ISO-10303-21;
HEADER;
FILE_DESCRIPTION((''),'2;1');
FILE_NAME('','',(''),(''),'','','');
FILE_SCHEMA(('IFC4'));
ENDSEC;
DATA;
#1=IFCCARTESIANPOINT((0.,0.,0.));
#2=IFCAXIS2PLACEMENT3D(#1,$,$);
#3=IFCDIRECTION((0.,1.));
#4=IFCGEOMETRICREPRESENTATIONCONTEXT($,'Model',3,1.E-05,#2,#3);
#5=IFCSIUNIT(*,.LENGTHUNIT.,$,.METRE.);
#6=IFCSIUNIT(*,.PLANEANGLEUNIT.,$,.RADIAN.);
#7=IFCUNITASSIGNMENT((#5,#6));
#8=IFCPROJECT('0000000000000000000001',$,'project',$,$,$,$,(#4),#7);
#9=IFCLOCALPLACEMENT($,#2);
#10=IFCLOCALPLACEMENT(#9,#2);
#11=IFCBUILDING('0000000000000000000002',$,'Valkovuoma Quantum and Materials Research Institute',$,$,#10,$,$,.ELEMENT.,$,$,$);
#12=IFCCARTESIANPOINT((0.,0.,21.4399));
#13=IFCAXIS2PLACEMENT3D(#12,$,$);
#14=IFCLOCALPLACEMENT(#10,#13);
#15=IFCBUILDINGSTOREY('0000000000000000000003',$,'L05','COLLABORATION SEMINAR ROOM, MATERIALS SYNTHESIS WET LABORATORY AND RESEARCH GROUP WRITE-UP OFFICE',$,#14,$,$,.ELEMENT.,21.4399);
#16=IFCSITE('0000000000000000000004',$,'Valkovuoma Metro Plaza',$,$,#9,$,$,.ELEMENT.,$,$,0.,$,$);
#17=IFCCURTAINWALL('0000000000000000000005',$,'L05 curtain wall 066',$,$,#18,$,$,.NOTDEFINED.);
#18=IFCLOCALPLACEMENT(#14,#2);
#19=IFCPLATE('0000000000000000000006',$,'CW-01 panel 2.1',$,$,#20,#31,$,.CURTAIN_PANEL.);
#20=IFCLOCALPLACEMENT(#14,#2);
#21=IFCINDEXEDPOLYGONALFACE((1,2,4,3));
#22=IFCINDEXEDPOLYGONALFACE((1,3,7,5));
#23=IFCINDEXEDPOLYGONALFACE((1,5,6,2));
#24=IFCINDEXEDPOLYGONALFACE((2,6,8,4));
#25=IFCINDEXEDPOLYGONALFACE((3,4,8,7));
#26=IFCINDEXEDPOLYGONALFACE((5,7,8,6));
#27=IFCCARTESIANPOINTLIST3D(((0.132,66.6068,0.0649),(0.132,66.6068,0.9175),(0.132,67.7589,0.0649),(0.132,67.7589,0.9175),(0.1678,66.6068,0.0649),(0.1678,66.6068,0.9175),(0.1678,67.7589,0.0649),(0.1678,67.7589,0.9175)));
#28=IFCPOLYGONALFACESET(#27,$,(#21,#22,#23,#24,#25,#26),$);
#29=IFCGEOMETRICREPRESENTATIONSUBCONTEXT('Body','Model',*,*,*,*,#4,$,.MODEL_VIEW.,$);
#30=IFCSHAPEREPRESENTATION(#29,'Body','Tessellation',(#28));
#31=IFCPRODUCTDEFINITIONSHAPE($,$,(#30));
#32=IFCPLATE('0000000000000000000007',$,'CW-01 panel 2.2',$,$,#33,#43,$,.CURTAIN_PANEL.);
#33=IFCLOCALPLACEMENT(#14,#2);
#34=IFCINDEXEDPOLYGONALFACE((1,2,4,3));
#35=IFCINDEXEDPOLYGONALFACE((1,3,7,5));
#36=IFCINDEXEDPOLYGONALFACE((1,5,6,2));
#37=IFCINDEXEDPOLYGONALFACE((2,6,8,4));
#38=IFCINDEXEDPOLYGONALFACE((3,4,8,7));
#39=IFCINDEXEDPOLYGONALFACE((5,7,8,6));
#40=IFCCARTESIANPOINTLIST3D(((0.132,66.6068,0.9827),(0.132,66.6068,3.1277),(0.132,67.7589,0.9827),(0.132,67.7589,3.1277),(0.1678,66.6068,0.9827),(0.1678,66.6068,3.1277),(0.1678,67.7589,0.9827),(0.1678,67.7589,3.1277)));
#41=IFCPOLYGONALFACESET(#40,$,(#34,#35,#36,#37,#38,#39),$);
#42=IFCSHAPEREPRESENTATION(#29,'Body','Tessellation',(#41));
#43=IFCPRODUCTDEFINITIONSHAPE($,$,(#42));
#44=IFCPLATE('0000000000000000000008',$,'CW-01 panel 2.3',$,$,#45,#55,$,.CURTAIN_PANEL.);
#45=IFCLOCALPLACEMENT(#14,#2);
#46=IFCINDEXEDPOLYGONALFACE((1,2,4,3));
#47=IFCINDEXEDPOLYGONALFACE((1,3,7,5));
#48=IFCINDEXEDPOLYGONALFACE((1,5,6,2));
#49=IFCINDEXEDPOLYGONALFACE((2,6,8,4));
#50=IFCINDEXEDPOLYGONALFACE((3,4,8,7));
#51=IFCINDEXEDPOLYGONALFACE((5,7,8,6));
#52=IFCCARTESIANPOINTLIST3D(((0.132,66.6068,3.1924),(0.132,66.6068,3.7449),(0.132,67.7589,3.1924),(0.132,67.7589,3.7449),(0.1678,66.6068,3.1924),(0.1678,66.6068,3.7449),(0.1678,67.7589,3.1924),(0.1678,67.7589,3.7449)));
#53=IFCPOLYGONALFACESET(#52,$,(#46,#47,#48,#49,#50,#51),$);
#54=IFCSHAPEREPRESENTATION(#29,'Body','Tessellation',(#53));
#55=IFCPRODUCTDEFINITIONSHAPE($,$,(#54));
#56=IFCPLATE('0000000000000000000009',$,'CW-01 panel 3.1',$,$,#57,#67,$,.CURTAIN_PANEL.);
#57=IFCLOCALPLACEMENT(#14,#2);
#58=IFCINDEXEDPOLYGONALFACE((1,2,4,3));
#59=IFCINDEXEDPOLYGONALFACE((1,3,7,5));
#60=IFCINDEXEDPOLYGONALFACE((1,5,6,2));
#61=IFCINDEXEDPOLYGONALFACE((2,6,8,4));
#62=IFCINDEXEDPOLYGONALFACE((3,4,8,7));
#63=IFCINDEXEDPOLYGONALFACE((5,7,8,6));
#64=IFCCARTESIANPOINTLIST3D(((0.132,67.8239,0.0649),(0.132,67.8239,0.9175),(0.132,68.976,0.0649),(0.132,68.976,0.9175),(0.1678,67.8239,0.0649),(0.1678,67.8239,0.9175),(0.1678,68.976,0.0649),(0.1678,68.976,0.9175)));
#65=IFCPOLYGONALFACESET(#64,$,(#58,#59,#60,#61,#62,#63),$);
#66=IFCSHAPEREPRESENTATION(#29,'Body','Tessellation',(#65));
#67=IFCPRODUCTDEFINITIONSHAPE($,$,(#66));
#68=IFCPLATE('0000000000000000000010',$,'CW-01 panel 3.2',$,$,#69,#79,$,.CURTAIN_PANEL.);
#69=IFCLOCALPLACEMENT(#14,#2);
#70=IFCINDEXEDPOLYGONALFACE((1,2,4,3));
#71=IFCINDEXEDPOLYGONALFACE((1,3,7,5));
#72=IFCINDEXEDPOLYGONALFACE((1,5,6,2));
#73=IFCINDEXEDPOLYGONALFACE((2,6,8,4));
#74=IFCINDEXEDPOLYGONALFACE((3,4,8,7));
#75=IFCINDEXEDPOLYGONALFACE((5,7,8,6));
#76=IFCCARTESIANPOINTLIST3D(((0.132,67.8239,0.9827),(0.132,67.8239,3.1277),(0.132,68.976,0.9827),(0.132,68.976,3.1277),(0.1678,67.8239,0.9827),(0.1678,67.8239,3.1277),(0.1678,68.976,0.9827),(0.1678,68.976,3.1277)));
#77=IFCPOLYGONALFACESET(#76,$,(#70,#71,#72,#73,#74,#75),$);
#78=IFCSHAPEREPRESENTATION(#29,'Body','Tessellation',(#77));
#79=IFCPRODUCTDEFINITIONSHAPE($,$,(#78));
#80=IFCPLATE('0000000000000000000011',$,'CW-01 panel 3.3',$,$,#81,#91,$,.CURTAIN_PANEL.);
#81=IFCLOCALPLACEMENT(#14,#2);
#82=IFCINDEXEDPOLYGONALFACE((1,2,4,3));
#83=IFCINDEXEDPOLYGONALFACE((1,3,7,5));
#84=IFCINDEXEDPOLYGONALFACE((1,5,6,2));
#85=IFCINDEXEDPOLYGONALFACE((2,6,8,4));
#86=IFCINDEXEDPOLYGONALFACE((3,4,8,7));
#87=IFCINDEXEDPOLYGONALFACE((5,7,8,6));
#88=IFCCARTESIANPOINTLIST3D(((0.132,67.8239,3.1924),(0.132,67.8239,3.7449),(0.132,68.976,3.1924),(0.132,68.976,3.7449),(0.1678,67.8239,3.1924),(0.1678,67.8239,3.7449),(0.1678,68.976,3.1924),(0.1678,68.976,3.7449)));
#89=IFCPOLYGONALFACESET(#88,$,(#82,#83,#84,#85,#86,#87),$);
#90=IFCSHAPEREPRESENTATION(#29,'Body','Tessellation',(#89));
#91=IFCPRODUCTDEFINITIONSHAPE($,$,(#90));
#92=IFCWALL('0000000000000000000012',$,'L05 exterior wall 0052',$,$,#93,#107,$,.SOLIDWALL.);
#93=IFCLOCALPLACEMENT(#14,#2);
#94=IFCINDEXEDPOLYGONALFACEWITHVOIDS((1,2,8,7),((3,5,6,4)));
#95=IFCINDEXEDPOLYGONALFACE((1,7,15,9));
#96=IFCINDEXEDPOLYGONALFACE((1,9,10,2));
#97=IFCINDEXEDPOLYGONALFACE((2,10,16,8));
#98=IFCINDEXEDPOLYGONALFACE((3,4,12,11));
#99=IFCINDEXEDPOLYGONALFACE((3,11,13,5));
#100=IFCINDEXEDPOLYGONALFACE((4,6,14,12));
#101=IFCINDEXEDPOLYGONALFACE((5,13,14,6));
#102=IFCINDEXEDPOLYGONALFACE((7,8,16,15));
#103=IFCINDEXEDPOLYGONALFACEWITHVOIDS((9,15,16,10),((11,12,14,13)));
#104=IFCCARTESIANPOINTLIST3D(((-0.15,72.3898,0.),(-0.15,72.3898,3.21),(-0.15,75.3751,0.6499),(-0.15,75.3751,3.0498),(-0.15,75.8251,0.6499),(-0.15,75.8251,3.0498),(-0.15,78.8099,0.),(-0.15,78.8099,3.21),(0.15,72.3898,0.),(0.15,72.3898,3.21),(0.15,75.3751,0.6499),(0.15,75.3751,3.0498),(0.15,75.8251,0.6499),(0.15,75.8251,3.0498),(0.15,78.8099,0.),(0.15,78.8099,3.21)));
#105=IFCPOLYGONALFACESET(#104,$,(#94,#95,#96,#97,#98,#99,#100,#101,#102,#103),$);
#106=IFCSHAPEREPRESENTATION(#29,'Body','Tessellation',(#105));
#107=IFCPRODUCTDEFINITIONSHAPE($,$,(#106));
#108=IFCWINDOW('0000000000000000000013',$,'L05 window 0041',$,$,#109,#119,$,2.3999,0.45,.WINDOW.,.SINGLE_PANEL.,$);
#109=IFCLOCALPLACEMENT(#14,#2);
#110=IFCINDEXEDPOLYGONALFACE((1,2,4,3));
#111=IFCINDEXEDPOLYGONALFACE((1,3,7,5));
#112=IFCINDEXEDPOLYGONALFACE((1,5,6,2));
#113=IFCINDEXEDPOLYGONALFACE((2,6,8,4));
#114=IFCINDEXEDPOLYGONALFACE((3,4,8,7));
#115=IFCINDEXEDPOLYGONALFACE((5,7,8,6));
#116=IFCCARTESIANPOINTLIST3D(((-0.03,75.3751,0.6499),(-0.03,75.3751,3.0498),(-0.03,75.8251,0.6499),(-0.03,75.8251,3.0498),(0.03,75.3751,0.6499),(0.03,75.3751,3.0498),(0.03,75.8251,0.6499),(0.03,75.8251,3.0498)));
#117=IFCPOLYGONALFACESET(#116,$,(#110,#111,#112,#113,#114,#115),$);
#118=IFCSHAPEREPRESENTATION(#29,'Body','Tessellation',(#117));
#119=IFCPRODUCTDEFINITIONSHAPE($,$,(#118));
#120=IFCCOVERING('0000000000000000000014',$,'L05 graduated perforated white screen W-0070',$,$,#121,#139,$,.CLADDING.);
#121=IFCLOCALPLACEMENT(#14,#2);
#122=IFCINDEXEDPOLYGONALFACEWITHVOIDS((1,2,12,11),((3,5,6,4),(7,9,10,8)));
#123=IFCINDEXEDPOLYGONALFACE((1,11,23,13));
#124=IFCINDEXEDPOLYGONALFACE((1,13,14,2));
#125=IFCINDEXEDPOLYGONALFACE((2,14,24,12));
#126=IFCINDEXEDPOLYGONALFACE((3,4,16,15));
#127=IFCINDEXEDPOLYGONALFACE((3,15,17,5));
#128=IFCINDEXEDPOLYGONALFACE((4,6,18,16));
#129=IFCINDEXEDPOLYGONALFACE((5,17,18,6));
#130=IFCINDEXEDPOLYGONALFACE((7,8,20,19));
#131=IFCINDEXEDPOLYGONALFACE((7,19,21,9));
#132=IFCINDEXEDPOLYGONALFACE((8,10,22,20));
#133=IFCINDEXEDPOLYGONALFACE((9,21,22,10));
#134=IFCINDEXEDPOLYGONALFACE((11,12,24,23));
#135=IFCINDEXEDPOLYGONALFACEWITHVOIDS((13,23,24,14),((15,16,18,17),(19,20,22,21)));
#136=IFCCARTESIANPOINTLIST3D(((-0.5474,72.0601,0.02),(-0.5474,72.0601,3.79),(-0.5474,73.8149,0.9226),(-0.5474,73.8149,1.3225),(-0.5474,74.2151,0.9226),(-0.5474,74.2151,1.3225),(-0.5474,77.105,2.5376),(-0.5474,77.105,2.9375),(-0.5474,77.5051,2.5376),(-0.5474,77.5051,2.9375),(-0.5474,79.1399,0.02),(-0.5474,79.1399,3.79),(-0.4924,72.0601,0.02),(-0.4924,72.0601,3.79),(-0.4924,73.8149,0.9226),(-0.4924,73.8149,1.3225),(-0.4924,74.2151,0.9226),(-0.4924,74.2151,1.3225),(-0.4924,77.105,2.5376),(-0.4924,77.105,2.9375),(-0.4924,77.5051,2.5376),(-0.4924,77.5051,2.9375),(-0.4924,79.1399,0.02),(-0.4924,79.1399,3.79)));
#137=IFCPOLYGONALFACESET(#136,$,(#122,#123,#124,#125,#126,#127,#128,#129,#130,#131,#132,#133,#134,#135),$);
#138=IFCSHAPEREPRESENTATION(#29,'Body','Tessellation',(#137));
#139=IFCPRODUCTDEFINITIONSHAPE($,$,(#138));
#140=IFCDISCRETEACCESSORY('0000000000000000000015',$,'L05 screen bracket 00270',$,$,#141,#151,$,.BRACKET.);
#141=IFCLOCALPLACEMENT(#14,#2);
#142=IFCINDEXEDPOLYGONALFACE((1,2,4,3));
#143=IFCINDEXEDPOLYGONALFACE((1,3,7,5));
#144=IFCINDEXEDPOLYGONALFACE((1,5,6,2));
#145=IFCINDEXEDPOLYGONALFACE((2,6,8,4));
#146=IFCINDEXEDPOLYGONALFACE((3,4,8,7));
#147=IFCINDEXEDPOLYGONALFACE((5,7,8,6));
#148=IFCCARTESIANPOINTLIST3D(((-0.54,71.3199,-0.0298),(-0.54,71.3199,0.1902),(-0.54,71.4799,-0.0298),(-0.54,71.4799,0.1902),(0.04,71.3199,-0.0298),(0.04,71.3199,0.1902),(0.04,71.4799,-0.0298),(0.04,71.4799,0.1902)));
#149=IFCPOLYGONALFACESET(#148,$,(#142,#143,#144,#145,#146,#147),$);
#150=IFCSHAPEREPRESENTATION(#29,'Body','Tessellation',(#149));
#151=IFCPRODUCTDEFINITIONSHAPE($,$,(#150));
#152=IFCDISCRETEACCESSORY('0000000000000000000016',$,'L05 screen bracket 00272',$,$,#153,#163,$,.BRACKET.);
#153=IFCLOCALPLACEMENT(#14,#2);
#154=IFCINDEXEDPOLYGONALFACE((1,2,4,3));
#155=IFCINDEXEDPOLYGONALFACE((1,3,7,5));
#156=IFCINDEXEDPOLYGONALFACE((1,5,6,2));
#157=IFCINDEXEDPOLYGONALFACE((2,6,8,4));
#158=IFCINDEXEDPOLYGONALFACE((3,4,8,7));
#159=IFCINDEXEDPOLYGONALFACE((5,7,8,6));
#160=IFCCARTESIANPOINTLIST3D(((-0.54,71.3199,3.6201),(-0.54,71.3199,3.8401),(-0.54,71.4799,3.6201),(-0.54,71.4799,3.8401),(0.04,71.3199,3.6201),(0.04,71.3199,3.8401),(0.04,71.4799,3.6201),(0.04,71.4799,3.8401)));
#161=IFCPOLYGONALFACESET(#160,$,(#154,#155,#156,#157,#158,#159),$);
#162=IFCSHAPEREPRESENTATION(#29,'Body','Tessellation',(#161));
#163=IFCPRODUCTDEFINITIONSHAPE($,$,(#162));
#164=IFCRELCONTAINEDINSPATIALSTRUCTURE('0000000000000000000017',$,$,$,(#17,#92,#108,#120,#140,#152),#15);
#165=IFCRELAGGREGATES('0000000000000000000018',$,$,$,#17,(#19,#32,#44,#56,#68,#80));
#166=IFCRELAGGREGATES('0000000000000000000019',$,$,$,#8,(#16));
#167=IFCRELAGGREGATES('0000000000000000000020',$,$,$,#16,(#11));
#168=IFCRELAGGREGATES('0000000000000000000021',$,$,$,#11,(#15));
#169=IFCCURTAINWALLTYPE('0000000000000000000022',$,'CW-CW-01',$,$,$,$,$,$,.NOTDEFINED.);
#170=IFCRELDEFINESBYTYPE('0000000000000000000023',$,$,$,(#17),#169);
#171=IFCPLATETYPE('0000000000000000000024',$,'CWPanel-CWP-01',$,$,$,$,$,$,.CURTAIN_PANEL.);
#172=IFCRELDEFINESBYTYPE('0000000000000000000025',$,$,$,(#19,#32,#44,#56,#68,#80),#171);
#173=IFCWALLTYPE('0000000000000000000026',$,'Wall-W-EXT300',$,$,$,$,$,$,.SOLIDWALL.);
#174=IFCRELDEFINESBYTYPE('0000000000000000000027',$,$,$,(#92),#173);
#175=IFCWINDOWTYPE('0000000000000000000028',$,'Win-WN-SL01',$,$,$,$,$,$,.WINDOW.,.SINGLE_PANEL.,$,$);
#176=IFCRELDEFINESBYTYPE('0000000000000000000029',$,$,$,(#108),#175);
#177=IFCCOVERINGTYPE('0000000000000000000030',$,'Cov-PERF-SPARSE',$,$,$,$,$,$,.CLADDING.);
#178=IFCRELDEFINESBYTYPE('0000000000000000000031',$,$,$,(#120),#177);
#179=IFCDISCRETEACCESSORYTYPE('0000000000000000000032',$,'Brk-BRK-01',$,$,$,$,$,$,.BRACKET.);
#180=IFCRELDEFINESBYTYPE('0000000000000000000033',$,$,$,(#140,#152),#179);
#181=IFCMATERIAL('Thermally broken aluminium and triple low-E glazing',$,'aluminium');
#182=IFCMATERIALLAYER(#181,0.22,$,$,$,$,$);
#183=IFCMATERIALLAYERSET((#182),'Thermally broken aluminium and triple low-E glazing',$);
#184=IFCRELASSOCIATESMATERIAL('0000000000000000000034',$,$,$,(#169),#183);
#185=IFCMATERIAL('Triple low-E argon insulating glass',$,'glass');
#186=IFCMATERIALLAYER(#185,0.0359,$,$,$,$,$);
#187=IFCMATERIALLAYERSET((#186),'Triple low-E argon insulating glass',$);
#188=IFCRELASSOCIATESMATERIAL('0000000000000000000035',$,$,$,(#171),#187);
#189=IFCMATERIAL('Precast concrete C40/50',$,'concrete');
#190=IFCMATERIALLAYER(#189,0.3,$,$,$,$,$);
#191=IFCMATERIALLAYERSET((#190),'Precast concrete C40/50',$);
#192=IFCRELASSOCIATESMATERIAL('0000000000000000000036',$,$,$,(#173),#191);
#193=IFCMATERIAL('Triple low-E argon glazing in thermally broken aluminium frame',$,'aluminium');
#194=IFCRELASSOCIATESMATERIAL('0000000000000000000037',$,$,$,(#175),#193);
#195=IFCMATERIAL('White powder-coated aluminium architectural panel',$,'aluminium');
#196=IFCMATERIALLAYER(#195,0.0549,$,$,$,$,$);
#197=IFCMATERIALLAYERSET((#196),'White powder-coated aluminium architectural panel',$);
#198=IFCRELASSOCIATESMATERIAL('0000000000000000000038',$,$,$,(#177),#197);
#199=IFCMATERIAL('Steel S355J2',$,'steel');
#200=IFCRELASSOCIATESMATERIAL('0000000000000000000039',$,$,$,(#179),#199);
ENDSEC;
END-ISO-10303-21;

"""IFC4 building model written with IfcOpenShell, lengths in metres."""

from ifc_helpers import new_model, si_unit, direction, frame, frame_2d, origin, origin_2d, place, context, subcontext, project, spatial, polyline, rectangle, outline, extrude, material, layer, layer_set, type_object, element, fill, aggregate, save


model = new_model("IFC4")

# Units and contexts
model_context = context("Model", 3, precision=1e-05, world=origin(), true_north=direction((0.0, 1.0)))
body_context = subcontext(model_context, "Body", "Model", "MODEL_VIEW")
ifc_project = project(units=[si_unit("LENGTHUNIT", "METRE"), si_unit("PLANEANGLEUNIT", "RADIAN")], contexts=[model_context])

# Site, building, storey
site_placement = place(None, origin())
site = spatial("IfcSite", under=ifc_project, at=site_placement, Name="Valkovuoma Metro Plaza", CompositionType="ELEMENT", RefElevation=0.0)
building_placement = place(site_placement, origin())
building = spatial("IfcBuilding", under=site, at=building_placement, Name="Valkovuoma Quantum and Materials Research Institute", CompositionType="ELEMENT")
storey_placement = place(building_placement, frame((0.0, 0.0, 21.4399)))
storey = spatial("IfcBuildingStorey", under=building, at=storey_placement, Name="L05", Description="COLLABORATION SEMINAR ROOM, MATERIALS SYNTHESIS WET LABORATORY AND RESEARCH GROUP WRITE-UP OFFICE", CompositionType="ELEMENT", Elevation=21.4399)

# Curtain wall, plates
ifc_material_1 = material(Name="Thermally broken aluminium and triple low-E glazing", Category="aluminium")
ifc_layer_1 = layer(ifc_material_1, 0.22)
ifc_layer_set_1 = layer_set([ifc_layer_1], Name="Thermally broken aluminium and triple low-E glazing")
curtain_wall_type = type_object("IfcCurtainWallType", Name="CW-CW-01", PredefinedType="NOTDEFINED", material=ifc_layer_set_1)
curtain_wall_placement = place(storey_placement, origin())
curtain_wall = element("IfcCurtainWall", 1, at=curtain_wall_placement, inside=storey, type_object=curtain_wall_type, Name="L05 curtain wall 066", PredefinedType="NOTDEFINED")
ifc_material_2 = material(Name="Triple low-E argon insulating glass", Category="glass")
ifc_layer_2 = layer(ifc_material_2, 0.0359)
ifc_layer_set_2 = layer_set([ifc_layer_2], Name="Triple low-E argon insulating glass")
plate_type = type_object("IfcPlateType", Name="CWPanel-CWP-01", PredefinedType="CURTAIN_PANEL", material=ifc_layer_set_2)
plate_1_placement = place(storey_placement, frame((0.1499, 67.1829, 0.0649), z_axis=(0.0, 0.0, 1.0), x_axis=(0.0, 1.0, 0.0)))
plate_1 = element("IfcPlate", 2, at=plate_1_placement, type_object=plate_type, Name="CW-01 panel 2.1", PredefinedType="CURTAIN_PANEL", context=body_context, shape_type="SweptSolid", body=[
    extrude(rectangle(XDim=1.1521, YDim=0.0359, at=origin_2d()), origin(), (0.0, 0.0, 1.0), 0.8525),
])
plate_2_placement = place(storey_placement, frame((0.1499, 67.1829, 0.9827), z_axis=(0.0, 0.0, 1.0), x_axis=(0.0, 1.0, 0.0)))
plate_2 = element("IfcPlate", 3, at=plate_2_placement, type_object=plate_type, Name="CW-01 panel 2.2", PredefinedType="CURTAIN_PANEL", context=body_context, shape_type="SweptSolid", body=[
    extrude(rectangle(XDim=1.1521, YDim=0.0359, at=origin_2d()), origin(), (0.0, 0.0, 1.0), 2.145),
])
plate_3_placement = place(storey_placement, frame((0.1499, 67.1829, 3.1924), z_axis=(0.0, 0.0, 1.0), x_axis=(0.0, 1.0, 0.0)))
plate_3 = element("IfcPlate", 4, at=plate_3_placement, type_object=plate_type, Name="CW-01 panel 2.3", PredefinedType="CURTAIN_PANEL", context=body_context, shape_type="SweptSolid", body=[
    extrude(rectangle(XDim=1.1521, YDim=0.0359, at=origin_2d()), origin(), (0.0, 0.0, 1.0), 0.5525),
])
plate_4_placement = place(storey_placement, frame((0.1499, 68.3999, 0.0649), z_axis=(0.0, 0.0, 1.0), x_axis=(0.0, 1.0, 0.0)))
plate_4 = element("IfcPlate", 5, at=plate_4_placement, type_object=plate_type, Name="CW-01 panel 3.1", PredefinedType="CURTAIN_PANEL", context=body_context, shape_type="SweptSolid", body=[
    extrude(rectangle(XDim=1.1521, YDim=0.0359, at=origin_2d()), origin(), (0.0, 0.0, 1.0), 0.8525),
])
plate_5_placement = place(storey_placement, frame((0.1499, 68.3999, 0.9827), z_axis=(0.0, 0.0, 1.0), x_axis=(0.0, 1.0, 0.0)))
plate_5 = element("IfcPlate", 6, at=plate_5_placement, type_object=plate_type, Name="CW-01 panel 3.2", PredefinedType="CURTAIN_PANEL", context=body_context, shape_type="SweptSolid", body=[
    extrude(rectangle(XDim=1.1521, YDim=0.0359, at=origin_2d()), origin(), (0.0, 0.0, 1.0), 2.145),
])
plate_6_placement = place(storey_placement, frame((0.1499, 68.3999, 3.1924), z_axis=(0.0, 0.0, 1.0), x_axis=(0.0, 1.0, 0.0)))
plate_6 = element("IfcPlate", 7, at=plate_6_placement, type_object=plate_type, Name="CW-01 panel 3.3", PredefinedType="CURTAIN_PANEL", context=body_context, shape_type="SweptSolid", body=[
    extrude(rectangle(XDim=1.1521, YDim=0.0359, at=origin_2d()), origin(), (0.0, 0.0, 1.0), 0.5525),
])
aggregate(curtain_wall, [plate_1, plate_2, plate_3, plate_4, plate_5, plate_6])

# Wall, opening, window
ifc_material_3 = material(Name="Precast concrete C40/50", Category="concrete")
ifc_layer_3 = layer(ifc_material_3, 0.3)
ifc_layer_set_3 = layer_set([ifc_layer_3], Name="Precast concrete C40/50")
wall_type = type_object("IfcWallType", Name="Wall-W-EXT300", PredefinedType="SOLIDWALL", material=ifc_layer_set_3)
wall_placement = place(storey_placement, frame((0.0, 72.3899, 0.0), z_axis=(0.0, 0.0, 1.0), x_axis=(0.0, 1.0, 0.0)))
wall = element("IfcWall", 8, at=wall_placement, inside=storey, type_object=wall_type, Name="L05 exterior wall 0052", PredefinedType="SOLIDWALL", context=body_context, shape_type="SweptSolid", body=[
    extrude(rectangle(XDim=6.4202, YDim=0.3, at=frame_2d((3.21, 0.0))), origin(), (0.0, 0.0, 1.0), 3.21),
])
opening_placement = place(wall_placement, frame((2.9851, 0.0, 0.6499)))
opening = element("IfcOpeningElement", 9, at=opening_placement, cuts=wall, PredefinedType="OPENING", context=body_context, shape_type="SweptSolid", body=[
    extrude(rectangle(XDim=0.45, YDim=2.3999, at=frame_2d((0.2251, 1.2))), frame((0.0, 0.1602, 0.0), z_axis=(0.0, -1.0, 0.0), x_axis=(1.0, 0.0, 0.0)), (0.0, 0.0, 1.0), 0.3201),
])
ifc_material_4 = material(Name="Triple low-E argon glazing in thermally broken aluminium frame", Category="aluminium")
window_type = type_object("IfcWindowType", Name="Win-WN-SL01", PartitioningType="SINGLE_PANEL", PredefinedType="WINDOW", material=ifc_material_4)
window_placement = place(opening_placement, origin())
window = element("IfcWindow", 10, at=window_placement, inside=storey, type_object=window_type, Name="L05 window 0041", OverallHeight=2.3999, OverallWidth=0.45, PartitioningType="SINGLE_PANEL", PredefinedType="WINDOW", context=body_context, shape_type="SweptSolid", body=[
    extrude(rectangle(XDim=0.45, YDim=2.3999, at=frame_2d((0.2251, 1.2))), frame((0.0, 0.03, 0.0), z_axis=(0.0, -1.0, 0.0), x_axis=(1.0, 0.0, 0.0)), (0.0, 0.0, 1.0), 0.0601),
])
fill(opening, window)

# Covering
ifc_material_5 = material(Name="White powder-coated aluminium architectural panel", Category="aluminium")
ifc_layer_4 = layer(ifc_material_5, 0.0549)
ifc_layer_set_4 = layer_set([ifc_layer_4], Name="White powder-coated aluminium architectural panel")
covering_type = type_object("IfcCoveringType", Name="Cov-PERF-SPARSE", PredefinedType="CLADDING", material=ifc_layer_set_4)
covering_placement = place(storey_placement, frame((-0.52, 72.0601, 0.02), z_axis=(0.0, 0.0, 1.0), x_axis=(0.0, 1.0, 0.0)))
element("IfcCovering", 11, at=covering_placement, inside=storey, type_object=covering_type, Name="L05 graduated perforated white screen W-0070", PredefinedType="CLADDING", context=body_context, shape_type="SweptSolid", body=[
    extrude(outline(polyline([(0.0, 0.0), (7.0798, 0.0), (7.0798, 3.77), (0.0, 3.77), (0.0, 0.0)]), holes=[polyline([(1.7549, 0.9026), (1.7549, 1.3025), (2.155, 1.3025), (2.155, 0.9026), (1.7549, 0.9026)]), polyline([(5.0449, 2.5176), (5.0449, 2.9175), (5.4451, 2.9175), (5.4451, 2.5176), (5.0449, 2.5176)])]), frame((0.0, 0.0273, 0.0), z_axis=(0.0, -1.0, 0.0), x_axis=(1.0, 0.0, 0.0)), (0.0, 0.0, 1.0), 0.0549),
])

# Discrete accessories
ifc_material_6 = material(Name="Steel S355J2", Category="steel")
discrete_accessory_type = type_object("IfcDiscreteAccessoryType", Name="Brk-BRK-01", PredefinedType="BRACKET", material=ifc_material_6)
for number, where, z_axis, x_axis, name in (
    (12, (-0.25, 71.3999, -0.0298), (0.0, 0.0, 1.0), (1.0, 0.0, 0.0), "L05 screen bracket 00270"),
    (13, (-0.25, 71.3999, 3.6201), (0.0, 0.0, 1.0), (1.0, 0.0, 0.0), "L05 screen bracket 00272"),
):
    element("IfcDiscreteAccessory", number, at=place(storey_placement, frame(where, z_axis=z_axis, x_axis=x_axis)), inside=storey, type_object=discrete_accessory_type, Name=name, PredefinedType="BRACKET", context=body_context, shape_type="SweptSolid", body=[
        extrude(rectangle(XDim=0.5801, YDim=0.1599, at=origin_2d()), origin(), (0.0, 0.0, 1.0), 0.22),
    ])

save(model, "model.ifc")
